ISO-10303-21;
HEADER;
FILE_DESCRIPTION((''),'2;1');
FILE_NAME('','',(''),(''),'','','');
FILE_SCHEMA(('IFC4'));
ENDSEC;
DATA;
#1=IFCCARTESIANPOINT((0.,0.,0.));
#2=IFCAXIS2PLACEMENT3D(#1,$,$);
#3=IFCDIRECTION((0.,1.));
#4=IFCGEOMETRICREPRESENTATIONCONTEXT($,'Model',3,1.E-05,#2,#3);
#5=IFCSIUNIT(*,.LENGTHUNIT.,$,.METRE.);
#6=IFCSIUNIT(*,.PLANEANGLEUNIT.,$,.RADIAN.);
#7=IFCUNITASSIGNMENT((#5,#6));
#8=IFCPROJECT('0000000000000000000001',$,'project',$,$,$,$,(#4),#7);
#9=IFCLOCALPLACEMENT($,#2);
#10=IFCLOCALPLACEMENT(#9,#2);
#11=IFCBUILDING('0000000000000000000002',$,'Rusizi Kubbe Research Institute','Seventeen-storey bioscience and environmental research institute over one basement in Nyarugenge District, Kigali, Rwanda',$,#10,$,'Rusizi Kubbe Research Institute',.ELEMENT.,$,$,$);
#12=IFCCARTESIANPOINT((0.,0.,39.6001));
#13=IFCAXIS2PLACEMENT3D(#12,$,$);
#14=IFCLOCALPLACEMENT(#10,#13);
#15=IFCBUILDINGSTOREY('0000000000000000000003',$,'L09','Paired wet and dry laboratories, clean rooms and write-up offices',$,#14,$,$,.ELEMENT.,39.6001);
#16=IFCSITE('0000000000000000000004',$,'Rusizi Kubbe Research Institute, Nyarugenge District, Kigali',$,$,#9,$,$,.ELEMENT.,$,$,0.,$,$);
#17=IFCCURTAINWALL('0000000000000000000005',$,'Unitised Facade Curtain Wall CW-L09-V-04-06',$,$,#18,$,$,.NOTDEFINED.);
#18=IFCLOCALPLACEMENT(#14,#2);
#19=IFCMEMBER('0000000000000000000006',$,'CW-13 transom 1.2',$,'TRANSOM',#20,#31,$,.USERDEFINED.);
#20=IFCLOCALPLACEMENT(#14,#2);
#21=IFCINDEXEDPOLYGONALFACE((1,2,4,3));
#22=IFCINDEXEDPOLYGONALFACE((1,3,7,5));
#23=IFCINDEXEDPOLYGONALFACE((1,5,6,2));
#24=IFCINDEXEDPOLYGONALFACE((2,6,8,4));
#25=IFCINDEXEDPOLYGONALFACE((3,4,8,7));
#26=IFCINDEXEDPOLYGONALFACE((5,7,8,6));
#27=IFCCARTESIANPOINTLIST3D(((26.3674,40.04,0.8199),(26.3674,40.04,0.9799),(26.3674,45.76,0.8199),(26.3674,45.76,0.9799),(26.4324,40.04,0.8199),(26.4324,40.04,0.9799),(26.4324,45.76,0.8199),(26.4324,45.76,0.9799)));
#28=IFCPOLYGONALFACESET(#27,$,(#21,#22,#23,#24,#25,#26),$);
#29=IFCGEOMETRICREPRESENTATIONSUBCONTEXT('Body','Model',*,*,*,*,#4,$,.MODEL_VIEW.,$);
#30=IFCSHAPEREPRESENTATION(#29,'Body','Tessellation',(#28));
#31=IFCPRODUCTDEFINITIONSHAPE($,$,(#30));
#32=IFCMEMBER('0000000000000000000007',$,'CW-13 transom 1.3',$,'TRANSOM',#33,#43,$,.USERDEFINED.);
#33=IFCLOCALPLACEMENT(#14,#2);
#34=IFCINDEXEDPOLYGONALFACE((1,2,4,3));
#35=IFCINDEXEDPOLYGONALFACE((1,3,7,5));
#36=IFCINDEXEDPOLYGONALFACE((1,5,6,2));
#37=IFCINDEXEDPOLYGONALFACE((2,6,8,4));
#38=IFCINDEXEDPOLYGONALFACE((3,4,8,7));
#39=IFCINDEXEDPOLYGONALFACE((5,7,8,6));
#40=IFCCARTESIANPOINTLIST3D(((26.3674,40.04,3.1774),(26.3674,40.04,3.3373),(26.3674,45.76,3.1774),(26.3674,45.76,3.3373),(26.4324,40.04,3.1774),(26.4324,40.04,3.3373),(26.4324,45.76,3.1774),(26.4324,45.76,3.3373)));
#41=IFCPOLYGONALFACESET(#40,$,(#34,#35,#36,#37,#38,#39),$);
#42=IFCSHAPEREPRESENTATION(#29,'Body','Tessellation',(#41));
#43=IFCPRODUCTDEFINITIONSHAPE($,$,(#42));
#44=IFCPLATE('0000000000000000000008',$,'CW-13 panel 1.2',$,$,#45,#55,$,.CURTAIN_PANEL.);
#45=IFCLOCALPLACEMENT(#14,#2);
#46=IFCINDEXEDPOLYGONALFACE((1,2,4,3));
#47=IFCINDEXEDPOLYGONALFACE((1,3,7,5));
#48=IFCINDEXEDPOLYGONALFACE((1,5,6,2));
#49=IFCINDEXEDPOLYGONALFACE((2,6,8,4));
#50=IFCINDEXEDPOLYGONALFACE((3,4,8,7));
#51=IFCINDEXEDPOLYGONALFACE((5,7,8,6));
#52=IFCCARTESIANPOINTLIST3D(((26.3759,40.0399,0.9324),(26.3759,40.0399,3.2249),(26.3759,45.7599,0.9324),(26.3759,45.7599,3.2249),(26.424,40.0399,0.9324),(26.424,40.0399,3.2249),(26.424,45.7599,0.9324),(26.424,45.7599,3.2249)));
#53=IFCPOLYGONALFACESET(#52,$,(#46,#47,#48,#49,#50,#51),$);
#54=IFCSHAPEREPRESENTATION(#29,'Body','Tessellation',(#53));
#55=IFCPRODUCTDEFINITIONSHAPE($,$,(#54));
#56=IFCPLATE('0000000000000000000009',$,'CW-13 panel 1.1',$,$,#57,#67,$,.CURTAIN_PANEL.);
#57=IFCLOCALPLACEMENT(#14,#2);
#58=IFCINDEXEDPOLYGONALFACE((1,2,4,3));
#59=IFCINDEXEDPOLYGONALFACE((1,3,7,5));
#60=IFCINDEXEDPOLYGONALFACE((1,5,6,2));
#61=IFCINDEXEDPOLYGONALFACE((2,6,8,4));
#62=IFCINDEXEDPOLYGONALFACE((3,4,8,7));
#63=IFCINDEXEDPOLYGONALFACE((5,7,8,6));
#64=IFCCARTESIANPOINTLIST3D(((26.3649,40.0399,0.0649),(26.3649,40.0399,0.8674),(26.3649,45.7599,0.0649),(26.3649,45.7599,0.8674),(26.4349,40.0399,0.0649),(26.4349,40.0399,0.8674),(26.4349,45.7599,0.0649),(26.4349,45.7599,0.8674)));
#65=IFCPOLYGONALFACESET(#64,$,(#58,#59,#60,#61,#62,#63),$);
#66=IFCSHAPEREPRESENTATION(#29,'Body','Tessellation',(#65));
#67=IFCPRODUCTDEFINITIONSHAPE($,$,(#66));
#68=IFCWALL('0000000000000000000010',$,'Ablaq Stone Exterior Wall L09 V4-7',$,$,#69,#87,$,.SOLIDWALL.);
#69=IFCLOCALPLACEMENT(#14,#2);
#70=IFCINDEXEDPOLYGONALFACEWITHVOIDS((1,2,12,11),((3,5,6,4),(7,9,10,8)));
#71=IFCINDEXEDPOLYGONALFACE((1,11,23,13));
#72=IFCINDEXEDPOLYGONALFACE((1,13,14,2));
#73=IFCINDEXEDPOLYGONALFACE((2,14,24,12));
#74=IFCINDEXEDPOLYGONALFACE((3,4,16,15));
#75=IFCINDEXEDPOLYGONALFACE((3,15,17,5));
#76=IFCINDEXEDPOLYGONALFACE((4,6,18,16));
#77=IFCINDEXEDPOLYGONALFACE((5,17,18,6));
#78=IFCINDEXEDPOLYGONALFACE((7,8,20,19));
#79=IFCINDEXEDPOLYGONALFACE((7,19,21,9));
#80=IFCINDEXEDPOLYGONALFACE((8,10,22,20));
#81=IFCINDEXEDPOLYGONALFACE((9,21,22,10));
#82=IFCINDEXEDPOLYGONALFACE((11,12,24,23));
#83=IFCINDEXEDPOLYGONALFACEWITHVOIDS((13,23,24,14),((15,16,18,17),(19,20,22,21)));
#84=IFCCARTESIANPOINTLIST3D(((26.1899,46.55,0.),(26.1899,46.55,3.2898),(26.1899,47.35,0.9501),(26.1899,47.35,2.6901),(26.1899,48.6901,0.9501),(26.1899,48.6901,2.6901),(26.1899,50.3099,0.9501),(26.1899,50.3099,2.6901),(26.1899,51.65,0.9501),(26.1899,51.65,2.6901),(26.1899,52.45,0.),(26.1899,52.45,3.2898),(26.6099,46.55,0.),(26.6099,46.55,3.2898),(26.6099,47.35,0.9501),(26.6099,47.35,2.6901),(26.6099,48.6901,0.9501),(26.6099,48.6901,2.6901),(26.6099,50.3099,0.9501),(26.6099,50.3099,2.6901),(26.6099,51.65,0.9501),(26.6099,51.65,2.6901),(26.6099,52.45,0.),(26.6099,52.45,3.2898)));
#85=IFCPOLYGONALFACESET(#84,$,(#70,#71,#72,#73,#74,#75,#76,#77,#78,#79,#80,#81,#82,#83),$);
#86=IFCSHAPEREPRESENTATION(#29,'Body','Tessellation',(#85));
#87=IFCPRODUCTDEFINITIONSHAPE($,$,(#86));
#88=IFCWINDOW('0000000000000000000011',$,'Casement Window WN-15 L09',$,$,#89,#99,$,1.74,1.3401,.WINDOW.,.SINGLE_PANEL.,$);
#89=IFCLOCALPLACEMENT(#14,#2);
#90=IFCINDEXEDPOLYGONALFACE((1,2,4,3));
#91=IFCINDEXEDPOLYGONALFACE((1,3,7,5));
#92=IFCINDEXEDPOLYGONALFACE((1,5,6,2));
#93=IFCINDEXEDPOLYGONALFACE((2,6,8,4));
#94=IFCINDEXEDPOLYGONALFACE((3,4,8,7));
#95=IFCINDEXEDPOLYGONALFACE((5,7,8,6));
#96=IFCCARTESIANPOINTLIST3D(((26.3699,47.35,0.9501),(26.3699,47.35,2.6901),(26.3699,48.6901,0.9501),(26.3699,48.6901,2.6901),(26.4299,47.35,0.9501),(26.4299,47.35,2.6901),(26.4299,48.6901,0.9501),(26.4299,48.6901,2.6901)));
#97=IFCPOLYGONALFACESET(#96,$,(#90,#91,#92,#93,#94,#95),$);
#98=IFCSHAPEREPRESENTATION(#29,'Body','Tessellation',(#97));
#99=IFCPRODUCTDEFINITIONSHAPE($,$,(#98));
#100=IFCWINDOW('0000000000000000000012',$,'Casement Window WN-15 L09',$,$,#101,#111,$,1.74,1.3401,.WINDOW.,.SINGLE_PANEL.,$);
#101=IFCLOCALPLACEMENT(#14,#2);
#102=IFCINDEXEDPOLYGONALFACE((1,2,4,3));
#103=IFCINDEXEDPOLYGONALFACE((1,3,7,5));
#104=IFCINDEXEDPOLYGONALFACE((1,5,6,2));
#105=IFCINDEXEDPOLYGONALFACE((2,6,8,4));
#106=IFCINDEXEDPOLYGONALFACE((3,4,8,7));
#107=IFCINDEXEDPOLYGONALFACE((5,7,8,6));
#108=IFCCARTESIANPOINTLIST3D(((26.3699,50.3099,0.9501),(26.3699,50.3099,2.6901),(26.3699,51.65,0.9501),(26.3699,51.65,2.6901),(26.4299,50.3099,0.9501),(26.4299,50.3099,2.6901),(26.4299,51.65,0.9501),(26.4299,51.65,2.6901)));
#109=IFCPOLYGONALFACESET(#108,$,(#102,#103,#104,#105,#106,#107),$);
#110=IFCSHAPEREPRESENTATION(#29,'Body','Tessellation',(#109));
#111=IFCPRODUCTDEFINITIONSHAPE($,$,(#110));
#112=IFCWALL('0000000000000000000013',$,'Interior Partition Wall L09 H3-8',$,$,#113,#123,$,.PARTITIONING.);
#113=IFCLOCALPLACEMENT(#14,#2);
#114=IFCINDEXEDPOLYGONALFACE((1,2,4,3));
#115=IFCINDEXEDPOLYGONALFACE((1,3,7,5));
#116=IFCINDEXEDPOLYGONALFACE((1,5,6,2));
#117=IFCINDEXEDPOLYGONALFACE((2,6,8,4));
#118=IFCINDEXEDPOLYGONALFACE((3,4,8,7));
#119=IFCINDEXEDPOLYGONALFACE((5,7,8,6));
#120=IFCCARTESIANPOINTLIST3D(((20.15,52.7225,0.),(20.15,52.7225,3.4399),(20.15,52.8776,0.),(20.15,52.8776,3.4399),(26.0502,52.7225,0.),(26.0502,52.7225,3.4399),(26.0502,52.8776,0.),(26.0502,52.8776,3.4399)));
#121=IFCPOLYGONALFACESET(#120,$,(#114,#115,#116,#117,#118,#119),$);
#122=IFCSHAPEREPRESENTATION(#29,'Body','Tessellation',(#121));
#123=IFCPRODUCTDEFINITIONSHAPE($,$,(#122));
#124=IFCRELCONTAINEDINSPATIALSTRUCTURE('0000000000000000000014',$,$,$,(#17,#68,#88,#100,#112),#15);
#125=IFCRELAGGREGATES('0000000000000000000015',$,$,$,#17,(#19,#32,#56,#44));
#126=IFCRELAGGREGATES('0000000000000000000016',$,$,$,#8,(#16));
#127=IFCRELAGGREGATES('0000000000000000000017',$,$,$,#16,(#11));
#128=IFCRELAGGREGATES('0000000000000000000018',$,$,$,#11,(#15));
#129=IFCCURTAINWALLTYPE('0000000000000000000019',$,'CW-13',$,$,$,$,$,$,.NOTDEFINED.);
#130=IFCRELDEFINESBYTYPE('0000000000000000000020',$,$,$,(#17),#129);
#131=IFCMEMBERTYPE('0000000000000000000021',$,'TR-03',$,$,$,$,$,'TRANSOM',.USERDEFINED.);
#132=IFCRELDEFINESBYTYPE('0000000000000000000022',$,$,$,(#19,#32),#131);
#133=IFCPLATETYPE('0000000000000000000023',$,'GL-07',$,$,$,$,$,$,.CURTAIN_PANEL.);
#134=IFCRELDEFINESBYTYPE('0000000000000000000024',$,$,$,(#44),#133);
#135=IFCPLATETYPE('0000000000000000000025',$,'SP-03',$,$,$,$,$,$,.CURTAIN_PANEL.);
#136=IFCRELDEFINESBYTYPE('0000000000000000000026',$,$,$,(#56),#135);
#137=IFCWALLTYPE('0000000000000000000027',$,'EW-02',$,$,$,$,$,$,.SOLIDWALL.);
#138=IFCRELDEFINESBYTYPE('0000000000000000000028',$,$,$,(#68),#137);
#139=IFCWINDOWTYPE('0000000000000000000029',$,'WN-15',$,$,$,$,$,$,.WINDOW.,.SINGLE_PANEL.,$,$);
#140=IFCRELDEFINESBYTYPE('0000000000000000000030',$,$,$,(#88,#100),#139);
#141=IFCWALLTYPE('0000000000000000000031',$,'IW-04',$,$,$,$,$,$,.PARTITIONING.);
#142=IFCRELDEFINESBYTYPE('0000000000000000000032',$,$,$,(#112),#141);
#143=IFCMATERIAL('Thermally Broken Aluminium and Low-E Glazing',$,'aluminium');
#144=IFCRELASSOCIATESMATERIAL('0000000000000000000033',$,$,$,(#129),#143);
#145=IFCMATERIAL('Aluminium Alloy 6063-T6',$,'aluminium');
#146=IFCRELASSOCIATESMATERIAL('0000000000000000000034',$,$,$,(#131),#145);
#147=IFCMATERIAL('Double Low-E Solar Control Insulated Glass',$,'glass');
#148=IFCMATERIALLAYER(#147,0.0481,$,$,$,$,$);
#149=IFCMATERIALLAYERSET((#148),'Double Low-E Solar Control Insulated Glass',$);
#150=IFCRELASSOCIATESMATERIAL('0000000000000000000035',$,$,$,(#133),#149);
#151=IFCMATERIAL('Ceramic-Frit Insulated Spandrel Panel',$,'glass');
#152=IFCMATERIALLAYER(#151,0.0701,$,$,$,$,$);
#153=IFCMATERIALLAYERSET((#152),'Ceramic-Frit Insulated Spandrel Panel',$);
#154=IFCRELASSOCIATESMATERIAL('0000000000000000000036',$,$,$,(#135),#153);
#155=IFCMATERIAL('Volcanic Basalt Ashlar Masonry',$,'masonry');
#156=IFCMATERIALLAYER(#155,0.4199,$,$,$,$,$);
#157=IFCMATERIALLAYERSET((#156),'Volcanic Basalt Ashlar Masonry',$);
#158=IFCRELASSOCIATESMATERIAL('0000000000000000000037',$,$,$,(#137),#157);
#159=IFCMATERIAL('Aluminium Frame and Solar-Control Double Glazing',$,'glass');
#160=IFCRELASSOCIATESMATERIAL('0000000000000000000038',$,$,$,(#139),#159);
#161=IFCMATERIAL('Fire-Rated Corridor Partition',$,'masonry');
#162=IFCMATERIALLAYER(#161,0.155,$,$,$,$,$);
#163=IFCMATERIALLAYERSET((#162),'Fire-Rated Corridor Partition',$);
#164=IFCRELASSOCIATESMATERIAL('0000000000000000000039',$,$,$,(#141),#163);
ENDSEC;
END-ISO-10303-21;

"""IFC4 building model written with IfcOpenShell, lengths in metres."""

from ifc_helpers import new_model, si_unit, direction, frame, frame_2d, origin, origin_2d, place, context, subcontext, project, spatial, rectangle, extrude, material, layer, layer_set, material_profile, profile_set, type_object, element, fill, aggregate, save


model = new_model("IFC4")

# Units and contexts
model_context = context("Model", 3, precision=1e-05, world=origin(), true_north=direction((0.0, 1.0)))
body_context = subcontext(model_context, "Body", "Model", "MODEL_VIEW")
ifc_project = project(units=[si_unit("LENGTHUNIT", "METRE"), si_unit("PLANEANGLEUNIT", "RADIAN")], contexts=[model_context])

# Site, building, storey
site_placement = place(None, origin())
site = spatial("IfcSite", under=ifc_project, at=site_placement, Name="Rusizi Kubbe Research Institute, Nyarugenge District, Kigali", CompositionType="ELEMENT", RefElevation=0.0)
building_placement = place(site_placement, origin())
building = spatial("IfcBuilding", under=site, at=building_placement, Name="Rusizi Kubbe Research Institute", Description="Seventeen-storey bioscience and environmental research institute over one basement in Nyarugenge District, Kigali, Rwanda", LongName="Rusizi Kubbe Research Institute", CompositionType="ELEMENT")
storey_placement = place(building_placement, frame((0.0, 0.0, 39.6001)))
storey = spatial("IfcBuildingStorey", under=building, at=storey_placement, Name="L09", Description="Paired wet and dry laboratories, clean rooms and write-up offices", CompositionType="ELEMENT", Elevation=39.6001)

# Curtain wall, members, plates
ifc_material_1 = material(Name="Thermally Broken Aluminium and Low-E Glazing", Category="aluminium")
curtain_wall_type = type_object("IfcCurtainWallType", Name="CW-13", PredefinedType="NOTDEFINED", material=ifc_material_1)
curtain_wall_placement = place(storey_placement, origin())
curtain_wall = element("IfcCurtainWall", 1, at=curtain_wall_placement, inside=storey, type_object=curtain_wall_type, Name="Unitised Facade Curtain Wall CW-L09-V-04-06", PredefinedType="NOTDEFINED")
ifc_material_2 = material(Name="Aluminium Alloy 6063-T6", Category="aluminium")
ifc_material_profile_1 = material_profile(ifc_material_2, rectangle(XDim=0.0649, YDim=0.1599, at=origin_2d()), Name="ALU-T 65x160")
ifc_profile_set_1 = profile_set([ifc_material_profile_1], Name="Aluminium Alloy 6063-T6")
member_type_1 = type_object("IfcMemberType", Name="TR-03", ElementType="TRANSOM", PredefinedType="USERDEFINED", material=ifc_profile_set_1)
member_1_placement = place(storey_placement, frame((26.3999, 40.04, 0.8999), z_axis=(0.0, 1.0, 0.0), x_axis=(-1.0, 0.0, 0.0)))
member_1 = element("IfcMember", 2, at=member_1_placement, type_object=member_type_1, Name="CW-13 transom 1.2", ObjectType="TRANSOM", PredefinedType="USERDEFINED", context=body_context, shape_type="SweptSolid", body=[
    extrude(rectangle(XDim=0.0649, YDim=0.1599, at=origin_2d()), origin(), (0.0, 0.0, 1.0), 5.72),
])
member_2_placement = place(storey_placement, frame((26.3999, 40.04, 3.2573), z_axis=(0.0, 1.0, 0.0), x_axis=(-1.0, 0.0, 0.0)))
member_2 = element("IfcMember", 3, at=member_2_placement, type_object=member_type_1, Name="CW-13 transom 1.3", ObjectType="TRANSOM", PredefinedType="USERDEFINED", context=body_context, shape_type="SweptSolid", body=[
    extrude(rectangle(XDim=0.0649, YDim=0.1599, at=origin_2d()), origin(), (0.0, 0.0, 1.0), 5.72),
])
ifc_material_3 = material(Name="Double Low-E Solar Control Insulated Glass", Category="glass")
ifc_layer_1 = layer(ifc_material_3, 0.0481)
ifc_layer_set_1 = layer_set([ifc_layer_1], Name="Double Low-E Solar Control Insulated Glass")
plate_type_1 = type_object("IfcPlateType", Name="GL-07", PredefinedType="CURTAIN_PANEL", material=ifc_layer_set_1)
plate_1_placement = place(storey_placement, frame((26.3999, 42.8999, 0.9324), z_axis=(0.0, 0.0, 1.0), x_axis=(0.0, 1.0, 0.0)))
plate_1 = element("IfcPlate", 4, at=plate_1_placement, type_object=plate_type_1, Name="CW-13 panel 1.2", PredefinedType="CURTAIN_PANEL", context=body_context, shape_type="SweptSolid", body=[
    extrude(rectangle(XDim=5.72, YDim=0.0481, at=origin_2d()), origin(), (0.0, 0.0, 1.0), 2.2925),
])
ifc_material_4 = material(Name="Ceramic-Frit Insulated Spandrel Panel", Category="glass")
ifc_layer_2 = layer(ifc_material_4, 0.0701)
ifc_layer_set_2 = layer_set([ifc_layer_2], Name="Ceramic-Frit Insulated Spandrel Panel")
plate_type_2 = type_object("IfcPlateType", Name="SP-03", PredefinedType="CURTAIN_PANEL", material=ifc_layer_set_2)
plate_2_placement = place(storey_placement, frame((26.3999, 42.8999, 0.0649), z_axis=(0.0, 0.0, 1.0), x_axis=(0.0, 1.0, 0.0)))
plate_2 = element("IfcPlate", 5, at=plate_2_placement, type_object=plate_type_2, Name="CW-13 panel 1.1", PredefinedType="CURTAIN_PANEL", context=body_context, shape_type="SweptSolid", body=[
    extrude(rectangle(XDim=5.72, YDim=0.0701, at=origin_2d()), origin(), (0.0, 0.0, 1.0), 0.8025),
])
aggregate(curtain_wall, [member_1, member_2, plate_2, plate_1])

# Wall, openings, windows
ifc_material_5 = material(Name="Volcanic Basalt Ashlar Masonry", Category="masonry")
ifc_layer_3 = layer(ifc_material_5, 0.4199)
ifc_layer_set_3 = layer_set([ifc_layer_3], Name="Volcanic Basalt Ashlar Masonry")
wall_type_1 = type_object("IfcWallType", Name="EW-02", PredefinedType="SOLIDWALL", material=ifc_layer_set_3)
wall_1_placement = place(storey_placement, frame((26.3999, 46.55, 0.0), z_axis=(0.0, 0.0, 1.0), x_axis=(0.0, 1.0, 0.0)))
wall_1 = element("IfcWall", 6, at=wall_1_placement, inside=storey, type_object=wall_type_1, Name="Ablaq Stone Exterior Wall L09 V4-7", PredefinedType="SOLIDWALL", context=body_context, shape_type="SweptSolid", body=[
    extrude(rectangle(XDim=5.8999, YDim=0.4199, at=frame_2d((2.95, 0.0))), origin(), (0.0, 0.0, 1.0), 3.2898),
])
opening_1_placement = place(wall_1_placement, frame((0.8, 0.0, 0.95)))
opening_1 = element("IfcOpeningElement", 7, at=opening_1_placement, cuts=wall_1, PredefinedType="OPENING", context=body_context, shape_type="SweptSolid", body=[
    extrude(rectangle(XDim=1.3401, YDim=1.74, at=frame_2d((0.6699, 0.8701))), frame((0.0, 0.22, 0.0), z_axis=(0.0, -1.0, 0.0), x_axis=(1.0, 0.0, 0.0)), (0.0, 0.0, 1.0), 0.4399),
])
opening_2_placement = place(wall_1_placement, frame((3.76, 0.0, 0.95)))
opening_2 = element("IfcOpeningElement", 8, at=opening_2_placement, cuts=wall_1, PredefinedType="OPENING", context=body_context, shape_type="SweptSolid", body=[
    extrude(rectangle(XDim=1.3401, YDim=1.74, at=frame_2d((0.6699, 0.8701))), frame((0.0, 0.22, 0.0), z_axis=(0.0, -1.0, 0.0), x_axis=(1.0, 0.0, 0.0)), (0.0, 0.0, 1.0), 0.4399),
])
ifc_material_6 = material(Name="Aluminium Frame and Solar-Control Double Glazing", Category="glass")
window_type = type_object("IfcWindowType", Name="WN-15", PartitioningType="SINGLE_PANEL", PredefinedType="WINDOW", material=ifc_material_6)
window_1_placement = place(opening_1_placement, origin())
window_1 = element("IfcWindow", 9, at=window_1_placement, inside=storey, type_object=window_type, Name="Casement Window WN-15 L09", OverallHeight=1.74, OverallWidth=1.3401, PartitioningType="SINGLE_PANEL", PredefinedType="WINDOW", context=body_context, shape_type="SweptSolid", body=[
    extrude(rectangle(XDim=1.3401, YDim=1.74, at=frame_2d((0.6699, 0.8701))), frame((0.0, 0.03, 0.0), z_axis=(0.0, -1.0, 0.0), x_axis=(1.0, 0.0, 0.0)), (0.0, 0.0, 1.0), 0.0601),
])
fill(opening_1, window_1)
window_2_placement = place(opening_2_placement, origin())
window_2 = element("IfcWindow", 10, at=window_2_placement, inside=storey, type_object=window_type, Name="Casement Window WN-15 L09", OverallHeight=1.74, OverallWidth=1.3401, PartitioningType="SINGLE_PANEL", PredefinedType="WINDOW", context=body_context, shape_type="SweptSolid", body=[
    extrude(rectangle(XDim=1.3401, YDim=1.74, at=frame_2d((0.6699, 0.8701))), frame((0.0, 0.03, 0.0), z_axis=(0.0, -1.0, 0.0), x_axis=(1.0, 0.0, 0.0)), (0.0, 0.0, 1.0), 0.0601),
])
fill(opening_2, window_2)

# Wall
ifc_material_7 = material(Name="Fire-Rated Corridor Partition", Category="masonry")
ifc_layer_4 = layer(ifc_material_7, 0.155)
ifc_layer_set_4 = layer_set([ifc_layer_4], Name="Fire-Rated Corridor Partition")
wall_type_2 = type_object("IfcWallType", Name="IW-04", PredefinedType="PARTITIONING", material=ifc_layer_set_4)
wall_2_placement = place(storey_placement, frame((20.1499, 52.8, 0.0), z_axis=(0.0, 0.0, 1.0), x_axis=(1.0, 0.0, 0.0)))
element("IfcWall", 11, at=wall_2_placement, inside=storey, type_object=wall_type_2, Name="Interior Partition Wall L09 H3-8", PredefinedType="PARTITIONING", context=body_context, shape_type="SweptSolid", body=[
    extrude(rectangle(XDim=5.9001, YDim=0.155, at=frame_2d((2.9502, 0.0))), origin(), (0.0, 0.0, 1.0), 3.4399),
])

save(model, "model.ifc")
